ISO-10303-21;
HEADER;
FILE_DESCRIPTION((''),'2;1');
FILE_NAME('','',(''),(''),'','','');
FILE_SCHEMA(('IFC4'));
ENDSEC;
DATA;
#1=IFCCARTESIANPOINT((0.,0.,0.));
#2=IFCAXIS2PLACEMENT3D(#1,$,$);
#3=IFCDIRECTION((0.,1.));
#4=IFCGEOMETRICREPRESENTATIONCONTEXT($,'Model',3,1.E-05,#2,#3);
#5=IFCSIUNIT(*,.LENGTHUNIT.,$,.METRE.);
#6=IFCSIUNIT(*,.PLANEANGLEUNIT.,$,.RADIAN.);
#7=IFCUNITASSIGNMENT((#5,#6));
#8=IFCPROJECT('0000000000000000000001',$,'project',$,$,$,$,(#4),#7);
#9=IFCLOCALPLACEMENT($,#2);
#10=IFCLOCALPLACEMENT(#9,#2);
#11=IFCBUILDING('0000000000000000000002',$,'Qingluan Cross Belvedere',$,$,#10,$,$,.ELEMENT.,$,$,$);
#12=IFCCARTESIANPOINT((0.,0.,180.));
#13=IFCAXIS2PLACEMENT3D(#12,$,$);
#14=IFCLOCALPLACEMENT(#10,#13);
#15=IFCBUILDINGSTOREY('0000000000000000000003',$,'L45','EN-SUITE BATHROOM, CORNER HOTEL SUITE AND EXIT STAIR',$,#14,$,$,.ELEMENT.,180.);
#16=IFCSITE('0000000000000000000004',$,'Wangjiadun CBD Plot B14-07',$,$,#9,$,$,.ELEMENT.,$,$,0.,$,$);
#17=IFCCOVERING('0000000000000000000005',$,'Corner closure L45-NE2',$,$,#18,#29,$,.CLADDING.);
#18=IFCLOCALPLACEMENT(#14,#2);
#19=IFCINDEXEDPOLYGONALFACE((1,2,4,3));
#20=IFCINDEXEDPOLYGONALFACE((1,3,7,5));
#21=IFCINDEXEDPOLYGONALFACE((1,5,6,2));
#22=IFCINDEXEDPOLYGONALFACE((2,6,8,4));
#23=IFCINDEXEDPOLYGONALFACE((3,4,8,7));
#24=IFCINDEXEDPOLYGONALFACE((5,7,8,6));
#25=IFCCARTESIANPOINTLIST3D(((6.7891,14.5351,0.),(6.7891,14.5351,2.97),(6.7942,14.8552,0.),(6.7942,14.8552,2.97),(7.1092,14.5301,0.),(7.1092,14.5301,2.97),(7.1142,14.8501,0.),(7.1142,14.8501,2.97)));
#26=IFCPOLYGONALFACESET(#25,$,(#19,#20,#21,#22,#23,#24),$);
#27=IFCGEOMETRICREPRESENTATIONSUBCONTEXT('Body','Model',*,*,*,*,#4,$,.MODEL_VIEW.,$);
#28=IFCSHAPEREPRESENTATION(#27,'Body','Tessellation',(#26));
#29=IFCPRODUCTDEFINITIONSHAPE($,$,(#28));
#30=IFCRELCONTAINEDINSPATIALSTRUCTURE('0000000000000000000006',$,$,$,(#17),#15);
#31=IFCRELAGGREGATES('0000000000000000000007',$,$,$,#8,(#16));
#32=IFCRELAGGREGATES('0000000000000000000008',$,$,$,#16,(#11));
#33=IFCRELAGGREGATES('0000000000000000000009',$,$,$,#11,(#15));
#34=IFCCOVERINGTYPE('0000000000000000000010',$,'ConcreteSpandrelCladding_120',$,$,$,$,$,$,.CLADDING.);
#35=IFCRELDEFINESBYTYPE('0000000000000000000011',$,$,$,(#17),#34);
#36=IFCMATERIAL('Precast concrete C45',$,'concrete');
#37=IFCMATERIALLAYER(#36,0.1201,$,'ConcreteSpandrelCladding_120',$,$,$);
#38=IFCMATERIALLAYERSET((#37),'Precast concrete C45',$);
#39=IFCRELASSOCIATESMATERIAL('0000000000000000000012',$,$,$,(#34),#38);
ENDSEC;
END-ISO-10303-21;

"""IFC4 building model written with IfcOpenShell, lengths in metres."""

from ifc_helpers import new_model, si_unit, direction, frame, origin, origin_2d, place, context, subcontext, project, spatial, rectangle, extrude, material, layer, layer_set, type_object, element, save


model = new_model("IFC4")

# Units and contexts
model_context = context("Model", 3, precision=1e-05, world=origin(), true_north=direction((0.0, 1.0)))
body_context = subcontext(model_context, "Body", "Model", "MODEL_VIEW")
ifc_project = project(units=[si_unit("LENGTHUNIT", "METRE"), si_unit("PLANEANGLEUNIT", "RADIAN")], contexts=[model_context])

# Site, building, storey
site_placement = place(None, origin())
site = spatial("IfcSite", under=ifc_project, at=site_placement, Name="Wangjiadun CBD Plot B14-07", CompositionType="ELEMENT", RefElevation=0.0)
building_placement = place(site_placement, origin())
building = spatial("IfcBuilding", under=site, at=building_placement, Name="Qingluan Cross Belvedere", CompositionType="ELEMENT")
storey_placement = place(building_placement, frame((0.0, 0.0, 180.0)))
storey = spatial("IfcBuildingStorey", under=building, at=storey_placement, Name="L45", Description="EN-SUITE BATHROOM, CORNER HOTEL SUITE AND EXIT STAIR", CompositionType="ELEMENT", Elevation=180.0)

# Covering
ifc_material_1 = material(Name="Precast concrete C45", Category="concrete")
ifc_layer_1 = layer(ifc_material_1, 0.1201, Name="ConcreteSpandrelCladding_120")
ifc_layer_set_1 = layer_set([ifc_layer_1], Name="Precast concrete C45")
covering_type = type_object("IfcCoveringType", Name="ConcreteSpandrelCladding_120", PredefinedType="CLADDING", material=ifc_layer_set_1)
covering_placement = place(storey_placement, frame((6.9517, 14.6926, 0.0), z_axis=(0.0, 0.0, 1.0), x_axis=(0.999877, -0.015707, 0.0)))
element("IfcCovering", 1, at=covering_placement, inside=storey, type_object=covering_type, Name="Corner closure L45-NE2", PredefinedType="CLADDING", context=body_context, shape_type="SweptSolid", body=[
    extrude(rectangle(XDim=0.3201, YDim=0.3201, at=origin_2d()), origin(), (0.0, 0.0, 1.0), 2.97),
])

save(model, "model.ifc")
